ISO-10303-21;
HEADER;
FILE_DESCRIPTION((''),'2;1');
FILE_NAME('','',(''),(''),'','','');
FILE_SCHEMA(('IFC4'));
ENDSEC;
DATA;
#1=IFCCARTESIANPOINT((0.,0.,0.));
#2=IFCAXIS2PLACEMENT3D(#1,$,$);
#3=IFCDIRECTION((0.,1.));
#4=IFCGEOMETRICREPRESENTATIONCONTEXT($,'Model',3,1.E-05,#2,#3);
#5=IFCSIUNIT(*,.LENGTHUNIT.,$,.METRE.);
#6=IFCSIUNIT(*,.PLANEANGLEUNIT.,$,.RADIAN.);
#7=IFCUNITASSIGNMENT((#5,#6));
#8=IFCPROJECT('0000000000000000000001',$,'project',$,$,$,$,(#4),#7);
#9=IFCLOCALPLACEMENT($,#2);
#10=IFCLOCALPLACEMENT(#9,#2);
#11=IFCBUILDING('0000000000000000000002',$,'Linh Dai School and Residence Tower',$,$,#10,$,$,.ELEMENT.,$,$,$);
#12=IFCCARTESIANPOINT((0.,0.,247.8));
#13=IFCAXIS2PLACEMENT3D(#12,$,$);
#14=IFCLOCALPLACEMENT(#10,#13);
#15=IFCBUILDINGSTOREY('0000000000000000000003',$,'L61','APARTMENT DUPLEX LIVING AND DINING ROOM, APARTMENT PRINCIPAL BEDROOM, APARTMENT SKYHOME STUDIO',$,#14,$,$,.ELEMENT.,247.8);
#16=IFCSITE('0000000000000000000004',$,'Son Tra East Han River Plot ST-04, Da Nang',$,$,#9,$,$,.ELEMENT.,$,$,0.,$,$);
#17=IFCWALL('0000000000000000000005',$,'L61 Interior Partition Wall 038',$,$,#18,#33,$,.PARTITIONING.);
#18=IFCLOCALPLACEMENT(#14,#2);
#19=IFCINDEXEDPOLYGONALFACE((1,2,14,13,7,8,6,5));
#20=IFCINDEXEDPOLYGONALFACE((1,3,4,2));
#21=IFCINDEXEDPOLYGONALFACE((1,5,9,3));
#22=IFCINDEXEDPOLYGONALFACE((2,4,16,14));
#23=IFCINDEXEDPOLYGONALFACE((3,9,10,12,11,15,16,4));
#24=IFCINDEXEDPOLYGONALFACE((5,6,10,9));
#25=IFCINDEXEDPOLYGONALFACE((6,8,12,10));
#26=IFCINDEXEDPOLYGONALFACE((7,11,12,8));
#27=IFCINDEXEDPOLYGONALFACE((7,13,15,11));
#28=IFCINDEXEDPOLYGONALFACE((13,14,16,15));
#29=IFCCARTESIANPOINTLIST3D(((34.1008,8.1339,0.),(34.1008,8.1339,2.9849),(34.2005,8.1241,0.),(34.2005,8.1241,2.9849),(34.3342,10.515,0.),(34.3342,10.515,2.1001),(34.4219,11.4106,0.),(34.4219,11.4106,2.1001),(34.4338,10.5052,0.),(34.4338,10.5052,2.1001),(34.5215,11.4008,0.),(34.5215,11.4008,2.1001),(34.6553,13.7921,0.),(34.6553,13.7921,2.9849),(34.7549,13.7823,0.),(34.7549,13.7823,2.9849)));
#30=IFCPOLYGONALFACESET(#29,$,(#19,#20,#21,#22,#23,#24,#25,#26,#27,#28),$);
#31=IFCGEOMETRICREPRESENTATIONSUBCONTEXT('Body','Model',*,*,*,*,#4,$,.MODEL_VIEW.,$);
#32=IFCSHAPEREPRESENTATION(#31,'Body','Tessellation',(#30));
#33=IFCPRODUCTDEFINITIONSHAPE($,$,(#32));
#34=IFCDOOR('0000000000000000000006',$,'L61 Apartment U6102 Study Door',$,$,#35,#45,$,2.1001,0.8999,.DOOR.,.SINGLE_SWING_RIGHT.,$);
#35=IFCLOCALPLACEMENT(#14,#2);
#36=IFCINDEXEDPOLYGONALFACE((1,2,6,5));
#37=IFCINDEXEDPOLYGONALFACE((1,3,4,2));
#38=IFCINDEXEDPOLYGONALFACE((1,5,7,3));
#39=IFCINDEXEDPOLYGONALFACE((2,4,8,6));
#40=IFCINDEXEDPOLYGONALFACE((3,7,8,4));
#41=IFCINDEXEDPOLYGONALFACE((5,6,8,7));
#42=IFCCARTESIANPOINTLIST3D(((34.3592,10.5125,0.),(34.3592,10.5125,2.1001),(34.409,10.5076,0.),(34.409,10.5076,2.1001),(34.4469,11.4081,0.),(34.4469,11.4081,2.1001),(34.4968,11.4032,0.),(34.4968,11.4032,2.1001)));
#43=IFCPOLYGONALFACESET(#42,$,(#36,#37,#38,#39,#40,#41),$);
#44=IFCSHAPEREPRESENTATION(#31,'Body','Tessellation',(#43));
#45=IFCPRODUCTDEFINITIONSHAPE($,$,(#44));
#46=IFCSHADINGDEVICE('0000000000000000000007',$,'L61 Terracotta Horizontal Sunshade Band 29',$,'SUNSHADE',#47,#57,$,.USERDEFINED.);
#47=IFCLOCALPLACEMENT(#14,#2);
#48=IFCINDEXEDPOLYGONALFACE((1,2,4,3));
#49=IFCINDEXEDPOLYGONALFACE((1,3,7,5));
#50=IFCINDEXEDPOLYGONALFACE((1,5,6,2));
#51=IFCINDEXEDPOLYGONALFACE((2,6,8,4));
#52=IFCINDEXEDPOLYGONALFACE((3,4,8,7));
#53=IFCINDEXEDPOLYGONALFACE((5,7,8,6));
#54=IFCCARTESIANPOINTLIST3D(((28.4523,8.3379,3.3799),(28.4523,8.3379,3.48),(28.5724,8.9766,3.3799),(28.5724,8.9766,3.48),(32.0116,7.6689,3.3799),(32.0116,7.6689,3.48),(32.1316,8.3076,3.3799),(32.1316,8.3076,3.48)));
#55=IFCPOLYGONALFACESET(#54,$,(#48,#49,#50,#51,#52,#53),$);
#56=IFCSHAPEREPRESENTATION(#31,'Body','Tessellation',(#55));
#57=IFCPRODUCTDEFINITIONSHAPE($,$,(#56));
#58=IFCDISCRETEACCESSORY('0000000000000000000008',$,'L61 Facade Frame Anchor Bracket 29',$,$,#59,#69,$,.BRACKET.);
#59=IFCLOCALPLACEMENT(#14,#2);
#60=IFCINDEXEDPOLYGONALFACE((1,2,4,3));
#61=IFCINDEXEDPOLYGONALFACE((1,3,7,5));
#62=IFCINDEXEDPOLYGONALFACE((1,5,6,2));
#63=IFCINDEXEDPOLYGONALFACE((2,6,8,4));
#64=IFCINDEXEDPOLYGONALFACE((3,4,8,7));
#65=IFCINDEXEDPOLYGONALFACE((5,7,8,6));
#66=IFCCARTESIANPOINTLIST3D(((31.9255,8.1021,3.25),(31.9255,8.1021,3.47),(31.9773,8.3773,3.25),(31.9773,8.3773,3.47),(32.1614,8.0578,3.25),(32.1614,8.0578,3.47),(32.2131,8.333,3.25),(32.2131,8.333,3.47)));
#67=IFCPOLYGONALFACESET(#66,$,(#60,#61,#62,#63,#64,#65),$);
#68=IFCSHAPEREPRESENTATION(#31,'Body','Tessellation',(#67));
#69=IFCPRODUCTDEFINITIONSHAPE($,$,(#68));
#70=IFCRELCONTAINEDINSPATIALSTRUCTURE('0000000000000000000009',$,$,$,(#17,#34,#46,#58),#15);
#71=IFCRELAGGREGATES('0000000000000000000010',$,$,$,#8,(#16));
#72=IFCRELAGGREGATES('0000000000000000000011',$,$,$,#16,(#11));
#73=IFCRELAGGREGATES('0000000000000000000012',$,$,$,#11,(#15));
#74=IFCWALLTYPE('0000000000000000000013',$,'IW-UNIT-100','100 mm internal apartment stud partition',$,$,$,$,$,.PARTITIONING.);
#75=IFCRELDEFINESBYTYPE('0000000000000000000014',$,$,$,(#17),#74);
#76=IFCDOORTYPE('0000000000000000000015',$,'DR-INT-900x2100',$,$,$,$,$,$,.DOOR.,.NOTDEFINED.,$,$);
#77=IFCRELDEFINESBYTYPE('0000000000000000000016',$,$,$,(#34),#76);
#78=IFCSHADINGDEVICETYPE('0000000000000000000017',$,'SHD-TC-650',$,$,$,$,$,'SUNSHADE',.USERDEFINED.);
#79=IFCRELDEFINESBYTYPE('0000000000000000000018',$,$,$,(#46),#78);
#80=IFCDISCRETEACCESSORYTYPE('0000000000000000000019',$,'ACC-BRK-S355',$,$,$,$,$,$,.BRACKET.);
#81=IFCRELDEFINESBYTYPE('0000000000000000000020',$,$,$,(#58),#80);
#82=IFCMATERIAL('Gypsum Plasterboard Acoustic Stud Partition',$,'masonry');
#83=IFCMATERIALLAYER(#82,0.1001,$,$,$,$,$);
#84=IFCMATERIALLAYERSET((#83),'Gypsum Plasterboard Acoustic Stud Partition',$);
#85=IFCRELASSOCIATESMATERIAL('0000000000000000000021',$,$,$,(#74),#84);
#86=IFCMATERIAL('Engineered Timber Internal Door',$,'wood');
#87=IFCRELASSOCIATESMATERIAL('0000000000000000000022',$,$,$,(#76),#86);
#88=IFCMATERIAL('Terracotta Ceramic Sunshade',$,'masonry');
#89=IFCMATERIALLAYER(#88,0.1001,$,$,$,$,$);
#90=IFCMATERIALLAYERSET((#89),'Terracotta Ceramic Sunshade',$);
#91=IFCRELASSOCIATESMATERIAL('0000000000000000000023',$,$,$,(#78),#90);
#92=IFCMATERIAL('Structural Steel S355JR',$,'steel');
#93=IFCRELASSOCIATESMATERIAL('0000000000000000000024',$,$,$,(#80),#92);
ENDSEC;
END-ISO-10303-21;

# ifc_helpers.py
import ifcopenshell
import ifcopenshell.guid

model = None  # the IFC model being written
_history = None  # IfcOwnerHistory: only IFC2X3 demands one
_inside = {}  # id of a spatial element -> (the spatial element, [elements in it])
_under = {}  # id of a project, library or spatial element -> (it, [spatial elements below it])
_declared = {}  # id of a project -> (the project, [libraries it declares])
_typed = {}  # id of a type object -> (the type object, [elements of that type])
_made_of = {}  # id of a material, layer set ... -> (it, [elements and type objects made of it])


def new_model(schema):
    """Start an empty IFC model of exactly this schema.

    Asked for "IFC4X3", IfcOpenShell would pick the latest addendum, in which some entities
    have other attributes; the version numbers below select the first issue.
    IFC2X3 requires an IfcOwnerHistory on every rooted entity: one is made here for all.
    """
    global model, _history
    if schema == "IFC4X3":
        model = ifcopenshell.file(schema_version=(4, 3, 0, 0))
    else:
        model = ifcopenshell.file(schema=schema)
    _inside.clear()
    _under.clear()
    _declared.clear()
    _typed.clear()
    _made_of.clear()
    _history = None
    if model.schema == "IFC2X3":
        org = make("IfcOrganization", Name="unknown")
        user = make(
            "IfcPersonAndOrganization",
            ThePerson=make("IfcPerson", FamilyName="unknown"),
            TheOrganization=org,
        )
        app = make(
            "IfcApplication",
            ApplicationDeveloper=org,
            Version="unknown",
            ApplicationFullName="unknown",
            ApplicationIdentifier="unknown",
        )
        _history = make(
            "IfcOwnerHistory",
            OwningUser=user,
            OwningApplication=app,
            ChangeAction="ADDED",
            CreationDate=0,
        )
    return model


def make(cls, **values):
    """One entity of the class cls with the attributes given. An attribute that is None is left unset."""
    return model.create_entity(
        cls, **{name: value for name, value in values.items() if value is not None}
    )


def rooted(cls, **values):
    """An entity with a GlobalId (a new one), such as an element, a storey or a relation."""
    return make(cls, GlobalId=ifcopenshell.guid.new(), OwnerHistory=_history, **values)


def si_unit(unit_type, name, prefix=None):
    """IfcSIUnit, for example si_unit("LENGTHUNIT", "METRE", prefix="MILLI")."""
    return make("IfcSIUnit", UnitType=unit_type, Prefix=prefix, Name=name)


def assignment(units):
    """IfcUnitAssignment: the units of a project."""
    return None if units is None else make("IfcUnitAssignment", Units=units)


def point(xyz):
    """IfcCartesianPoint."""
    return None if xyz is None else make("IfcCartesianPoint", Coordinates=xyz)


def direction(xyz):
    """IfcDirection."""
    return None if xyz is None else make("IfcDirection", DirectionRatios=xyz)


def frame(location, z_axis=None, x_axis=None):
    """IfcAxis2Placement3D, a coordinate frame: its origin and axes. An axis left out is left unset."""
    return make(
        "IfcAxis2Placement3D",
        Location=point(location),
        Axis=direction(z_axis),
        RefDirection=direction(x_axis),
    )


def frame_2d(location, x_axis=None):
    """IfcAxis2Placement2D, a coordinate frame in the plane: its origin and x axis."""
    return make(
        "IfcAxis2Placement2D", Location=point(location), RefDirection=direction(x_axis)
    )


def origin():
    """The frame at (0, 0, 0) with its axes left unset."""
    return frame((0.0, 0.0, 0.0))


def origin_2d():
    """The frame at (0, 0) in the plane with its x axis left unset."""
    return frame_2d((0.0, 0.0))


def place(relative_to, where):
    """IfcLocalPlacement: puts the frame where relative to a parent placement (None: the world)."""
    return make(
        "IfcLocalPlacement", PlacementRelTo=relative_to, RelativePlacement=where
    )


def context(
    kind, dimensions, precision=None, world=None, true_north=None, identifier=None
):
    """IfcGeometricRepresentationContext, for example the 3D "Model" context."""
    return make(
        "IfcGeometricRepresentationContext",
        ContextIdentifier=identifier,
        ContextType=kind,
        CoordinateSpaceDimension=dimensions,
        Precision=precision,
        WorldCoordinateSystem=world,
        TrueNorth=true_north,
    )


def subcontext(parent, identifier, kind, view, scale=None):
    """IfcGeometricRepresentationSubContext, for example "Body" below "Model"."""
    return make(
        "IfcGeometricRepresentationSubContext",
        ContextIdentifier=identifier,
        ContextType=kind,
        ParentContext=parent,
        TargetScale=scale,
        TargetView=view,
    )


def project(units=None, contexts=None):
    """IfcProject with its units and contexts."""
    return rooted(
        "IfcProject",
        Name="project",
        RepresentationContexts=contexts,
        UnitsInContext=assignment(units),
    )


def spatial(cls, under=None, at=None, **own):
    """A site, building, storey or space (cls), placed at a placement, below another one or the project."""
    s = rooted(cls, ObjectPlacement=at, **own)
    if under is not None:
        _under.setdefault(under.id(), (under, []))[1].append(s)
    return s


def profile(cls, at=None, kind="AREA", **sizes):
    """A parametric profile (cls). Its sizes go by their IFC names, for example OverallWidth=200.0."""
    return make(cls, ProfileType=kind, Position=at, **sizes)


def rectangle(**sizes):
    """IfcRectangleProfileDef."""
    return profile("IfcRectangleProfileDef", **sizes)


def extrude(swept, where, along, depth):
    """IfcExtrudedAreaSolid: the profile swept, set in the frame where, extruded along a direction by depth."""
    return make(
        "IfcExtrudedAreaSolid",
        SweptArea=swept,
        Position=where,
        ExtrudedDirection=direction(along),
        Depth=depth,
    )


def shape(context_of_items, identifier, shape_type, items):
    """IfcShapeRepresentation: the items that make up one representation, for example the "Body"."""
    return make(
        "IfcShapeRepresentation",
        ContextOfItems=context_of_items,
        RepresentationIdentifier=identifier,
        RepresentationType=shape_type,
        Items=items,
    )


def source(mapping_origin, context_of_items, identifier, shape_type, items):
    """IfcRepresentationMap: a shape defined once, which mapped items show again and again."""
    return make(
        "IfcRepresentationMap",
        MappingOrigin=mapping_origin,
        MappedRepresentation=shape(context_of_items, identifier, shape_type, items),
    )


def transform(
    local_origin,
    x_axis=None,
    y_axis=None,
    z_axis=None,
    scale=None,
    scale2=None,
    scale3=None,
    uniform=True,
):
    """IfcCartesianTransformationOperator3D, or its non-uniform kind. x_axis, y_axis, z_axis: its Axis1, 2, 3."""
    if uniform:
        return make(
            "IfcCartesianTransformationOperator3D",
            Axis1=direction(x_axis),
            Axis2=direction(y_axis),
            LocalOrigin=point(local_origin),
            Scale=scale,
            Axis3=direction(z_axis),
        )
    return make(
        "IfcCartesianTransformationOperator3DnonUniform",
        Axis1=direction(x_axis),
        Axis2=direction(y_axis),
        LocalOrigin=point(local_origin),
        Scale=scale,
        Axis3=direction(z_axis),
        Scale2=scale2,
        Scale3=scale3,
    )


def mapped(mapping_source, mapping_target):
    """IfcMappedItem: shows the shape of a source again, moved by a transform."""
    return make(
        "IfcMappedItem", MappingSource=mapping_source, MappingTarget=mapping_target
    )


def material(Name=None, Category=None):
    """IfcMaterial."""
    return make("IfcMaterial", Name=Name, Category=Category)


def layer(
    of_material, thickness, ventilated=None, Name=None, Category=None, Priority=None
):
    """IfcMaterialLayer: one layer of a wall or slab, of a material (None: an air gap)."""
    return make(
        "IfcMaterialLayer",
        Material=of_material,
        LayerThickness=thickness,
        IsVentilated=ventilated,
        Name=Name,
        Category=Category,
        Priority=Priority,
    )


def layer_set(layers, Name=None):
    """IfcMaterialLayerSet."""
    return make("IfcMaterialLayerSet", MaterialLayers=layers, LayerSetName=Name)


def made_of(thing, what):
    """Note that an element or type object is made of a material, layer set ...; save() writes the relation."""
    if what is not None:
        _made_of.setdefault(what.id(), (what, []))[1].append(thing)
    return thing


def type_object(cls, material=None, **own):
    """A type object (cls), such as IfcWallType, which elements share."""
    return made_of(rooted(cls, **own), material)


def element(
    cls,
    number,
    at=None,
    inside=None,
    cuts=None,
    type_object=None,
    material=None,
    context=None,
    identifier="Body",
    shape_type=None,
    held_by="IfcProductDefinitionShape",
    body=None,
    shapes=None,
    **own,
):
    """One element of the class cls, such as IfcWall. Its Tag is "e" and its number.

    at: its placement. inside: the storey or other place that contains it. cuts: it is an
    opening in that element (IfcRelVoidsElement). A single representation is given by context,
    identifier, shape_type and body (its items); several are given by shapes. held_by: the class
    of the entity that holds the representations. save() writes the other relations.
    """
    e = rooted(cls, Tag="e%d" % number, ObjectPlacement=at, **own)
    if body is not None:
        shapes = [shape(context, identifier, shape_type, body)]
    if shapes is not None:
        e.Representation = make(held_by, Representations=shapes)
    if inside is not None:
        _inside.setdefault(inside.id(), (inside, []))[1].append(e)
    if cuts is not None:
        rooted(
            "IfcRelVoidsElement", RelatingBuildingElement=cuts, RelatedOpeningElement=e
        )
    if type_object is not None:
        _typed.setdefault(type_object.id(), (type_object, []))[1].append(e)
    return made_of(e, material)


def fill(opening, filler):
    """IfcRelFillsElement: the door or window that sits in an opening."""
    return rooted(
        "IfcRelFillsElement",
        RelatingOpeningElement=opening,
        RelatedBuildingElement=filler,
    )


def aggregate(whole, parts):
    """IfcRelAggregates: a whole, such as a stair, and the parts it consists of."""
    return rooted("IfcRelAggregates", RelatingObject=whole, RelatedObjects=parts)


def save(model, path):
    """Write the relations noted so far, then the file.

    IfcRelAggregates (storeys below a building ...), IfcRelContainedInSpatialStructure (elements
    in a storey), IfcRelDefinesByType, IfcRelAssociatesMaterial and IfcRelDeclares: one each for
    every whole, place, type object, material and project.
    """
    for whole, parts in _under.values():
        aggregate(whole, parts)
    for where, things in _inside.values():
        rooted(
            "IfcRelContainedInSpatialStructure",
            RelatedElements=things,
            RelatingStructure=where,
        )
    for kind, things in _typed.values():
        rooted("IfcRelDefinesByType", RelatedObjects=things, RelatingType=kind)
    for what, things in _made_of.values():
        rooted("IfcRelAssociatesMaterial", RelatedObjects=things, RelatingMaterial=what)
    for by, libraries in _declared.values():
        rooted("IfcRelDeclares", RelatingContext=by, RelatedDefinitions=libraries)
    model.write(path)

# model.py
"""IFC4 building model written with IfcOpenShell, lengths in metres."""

from ifc_helpers import new_model, si_unit, direction, frame, frame_2d, origin, origin_2d, place, context, subcontext, project, spatial, rectangle, extrude, source, transform, mapped, material, layer, layer_set, type_object, element, fill, save


model = new_model("IFC4")

# Units and contexts
model_context = context("Model", 3, precision=1e-05, world=origin(), true_north=direction((0.0, 1.0)))
body_context = subcontext(model_context, "Body", "Model", "MODEL_VIEW")
ifc_project = project(units=[si_unit("LENGTHUNIT", "METRE"), si_unit("PLANEANGLEUNIT", "RADIAN")], contexts=[model_context])

# Site, building, storey
site_placement = place(None, origin())
site = spatial("IfcSite", under=ifc_project, at=site_placement, Name="Son Tra East Han River Plot ST-04, Da Nang", CompositionType="ELEMENT", RefElevation=0.0)
building_placement = place(site_placement, origin())
building = spatial("IfcBuilding", under=site, at=building_placement, Name="Linh Dai School and Residence Tower", CompositionType="ELEMENT")
storey_placement = place(building_placement, frame((0.0, 0.0, 247.8)))
storey = spatial("IfcBuildingStorey", under=building, at=storey_placement, Name="L61", Description="APARTMENT DUPLEX LIVING AND DINING ROOM, APARTMENT PRINCIPAL BEDROOM, APARTMENT SKYHOME STUDIO", CompositionType="ELEMENT", Elevation=247.8)

# Shared definitions
ifc_material_1 = material(Name="Structural Steel S355JR", Category="steel")

# Shared definitions
ifc_material_2 = material(Name="Gypsum Plasterboard Acoustic Stud Partition", Category="masonry")
ifc_layer_1 = layer(ifc_material_2, 0.1001)
ifc_layer_set_1 = layer_set([ifc_layer_1], Name="Gypsum Plasterboard Acoustic Stud Partition")
wall_type_1 = type_object("IfcWallType", Name="IW-UNIT-100", Description="100 mm internal apartment stud partition", PredefinedType="PARTITIONING", material=ifc_layer_set_1)
ifc_material_3 = material(Name="Engineered Timber Internal Door", Category="wood")
door_type_1 = type_object("IfcDoorType", Name="DR-INT-900x2100", OperationType="NOTDEFINED", PredefinedType="DOOR", material=ifc_material_3)
shared_shape_1 = source(origin(), body_context, "Body", "SweptSolid", [
    extrude(rectangle(XDim=0.8999, YDim=2.1001, at=origin_2d()), frame((0.45, 0.0249, 1.05), z_axis=(0.0, -1.0, 0.0), x_axis=(1.0, 0.0, 0.0)), (0.0, 0.0, 1.0), 0.05),
])

# Wall, opening, door
wall_1_placement = place(storey_placement, frame((34.1506, 8.1289, 0.0), z_axis=(0.0, 0.0, 1.0), x_axis=(0.097522, 0.995233, 0.0)))
wall_1 = element("IfcWall", 1, at=wall_1_placement, inside=storey, type_object=wall_type_1, Name="L61 Interior Partition Wall 038", PredefinedType="PARTITIONING", context=body_context, shape_type="SweptSolid", body=[
    extrude(rectangle(XDim=5.6853, YDim=0.1001, at=frame_2d((2.8428, 0.0))), origin(), (0.0, 0.0, 1.0), 2.9849),
])
opening_1_placement = place(wall_1_placement, frame((2.3926, 0.0, 0.0)))
opening_1 = element("IfcOpeningElement", 2, at=opening_1_placement, cuts=wall_1, PredefinedType="OPENING", context=body_context, shape_type="SweptSolid", body=[
    extrude(rectangle(XDim=0.8999, YDim=2.1001, at=origin_2d()), frame((0.45, 0.0601, 1.05), z_axis=(0.0, -1.0, 0.0), x_axis=(1.0, 0.0, 0.0)), (0.0, 0.0, 1.0), 0.1201),
])
door_1_placement = place(opening_1_placement, origin())
door_1 = element("IfcDoor", 3, at=door_1_placement, inside=storey, type_object=door_type_1, Name="L61 Apartment U6102 Study Door", OperationType="SINGLE_SWING_RIGHT", OverallHeight=2.1001, OverallWidth=0.8999, PredefinedType="DOOR", context=body_context, shape_type="MappedRepresentation", body=[
    mapped(shared_shape_1, transform((0.0, 0.0, 0.0), x_axis=(1.0, 0.0, 0.0), y_axis=(0.0, 1.0, 0.0), z_axis=(0.0, 0.0, 1.0), scale=1.0)),
])
fill(opening_1, door_1)

# Shading device
ifc_material_4 = material(Name="Terracotta Ceramic Sunshade", Category="masonry")
ifc_layer_2 = layer(ifc_material_4, 0.1001)
ifc_layer_set_2 = layer_set([ifc_layer_2], Name="Terracotta Ceramic Sunshade")
shading_device_type = type_object("IfcShadingDeviceType", Name="SHD-TC-650", ElementType="SUNSHADE", PredefinedType="USERDEFINED", material=ifc_layer_set_2)
shared_shape_2 = source(origin(), body_context, "Body", "SweptSolid", [
    extrude(rectangle(XDim=3.6216, YDim=0.6499, at=origin_2d()), origin(), (0.0, 0.0, 1.0), 0.1001),
])
shading_device_placement = place(storey_placement, frame((30.292, 8.3228, 3.3799), z_axis=(0.0, 0.0, 1.0), x_axis=(-0.982787, 0.184744, 0.0)))
element("IfcShadingDevice", 4, at=shading_device_placement, inside=storey, type_object=shading_device_type, Name="L61 Terracotta Horizontal Sunshade Band 29", ObjectType="SUNSHADE", PredefinedType="USERDEFINED", context=body_context, shape_type="MappedRepresentation", body=[
    mapped(shared_shape_2, transform((0.0, 0.0, 0.0), x_axis=(1.0, 0.0, 0.0), y_axis=(0.0, 1.0, 0.0), z_axis=(0.0, 0.0, 1.0), scale=1.0)),
])

# Discrete accessory
discrete_accessory_type = type_object("IfcDiscreteAccessoryType", Name="ACC-BRK-S355", PredefinedType="BRACKET", material=ifc_material_1)
shared_shape_3 = source(origin(), body_context, "Body", "SweptSolid", [
    extrude(rectangle(XDim=0.28, YDim=0.24, at=origin_2d()), origin(), (0.0, 0.0, 1.0), 0.22),
])
discrete_accessory_placement = place(storey_placement, frame((32.0693, 8.2175, 3.25), z_axis=(0.0, 0.0, 1.0), x_axis=(-0.184744, -0.982787, 0.0)))
element("IfcDiscreteAccessory", 5, at=discrete_accessory_placement, inside=storey, type_object=discrete_accessory_type, Name="L61 Facade Frame Anchor Bracket 29", PredefinedType="BRACKET", context=body_context, shape_type="MappedRepresentation", body=[
    mapped(shared_shape_3, transform((0.0, 0.0, 0.0), x_axis=(1.0, 0.0, 0.0), y_axis=(0.0, 1.0, 0.0), z_axis=(0.0, 0.0, 1.0), scale=1.0)),
])

save(model, "model.ifc")
